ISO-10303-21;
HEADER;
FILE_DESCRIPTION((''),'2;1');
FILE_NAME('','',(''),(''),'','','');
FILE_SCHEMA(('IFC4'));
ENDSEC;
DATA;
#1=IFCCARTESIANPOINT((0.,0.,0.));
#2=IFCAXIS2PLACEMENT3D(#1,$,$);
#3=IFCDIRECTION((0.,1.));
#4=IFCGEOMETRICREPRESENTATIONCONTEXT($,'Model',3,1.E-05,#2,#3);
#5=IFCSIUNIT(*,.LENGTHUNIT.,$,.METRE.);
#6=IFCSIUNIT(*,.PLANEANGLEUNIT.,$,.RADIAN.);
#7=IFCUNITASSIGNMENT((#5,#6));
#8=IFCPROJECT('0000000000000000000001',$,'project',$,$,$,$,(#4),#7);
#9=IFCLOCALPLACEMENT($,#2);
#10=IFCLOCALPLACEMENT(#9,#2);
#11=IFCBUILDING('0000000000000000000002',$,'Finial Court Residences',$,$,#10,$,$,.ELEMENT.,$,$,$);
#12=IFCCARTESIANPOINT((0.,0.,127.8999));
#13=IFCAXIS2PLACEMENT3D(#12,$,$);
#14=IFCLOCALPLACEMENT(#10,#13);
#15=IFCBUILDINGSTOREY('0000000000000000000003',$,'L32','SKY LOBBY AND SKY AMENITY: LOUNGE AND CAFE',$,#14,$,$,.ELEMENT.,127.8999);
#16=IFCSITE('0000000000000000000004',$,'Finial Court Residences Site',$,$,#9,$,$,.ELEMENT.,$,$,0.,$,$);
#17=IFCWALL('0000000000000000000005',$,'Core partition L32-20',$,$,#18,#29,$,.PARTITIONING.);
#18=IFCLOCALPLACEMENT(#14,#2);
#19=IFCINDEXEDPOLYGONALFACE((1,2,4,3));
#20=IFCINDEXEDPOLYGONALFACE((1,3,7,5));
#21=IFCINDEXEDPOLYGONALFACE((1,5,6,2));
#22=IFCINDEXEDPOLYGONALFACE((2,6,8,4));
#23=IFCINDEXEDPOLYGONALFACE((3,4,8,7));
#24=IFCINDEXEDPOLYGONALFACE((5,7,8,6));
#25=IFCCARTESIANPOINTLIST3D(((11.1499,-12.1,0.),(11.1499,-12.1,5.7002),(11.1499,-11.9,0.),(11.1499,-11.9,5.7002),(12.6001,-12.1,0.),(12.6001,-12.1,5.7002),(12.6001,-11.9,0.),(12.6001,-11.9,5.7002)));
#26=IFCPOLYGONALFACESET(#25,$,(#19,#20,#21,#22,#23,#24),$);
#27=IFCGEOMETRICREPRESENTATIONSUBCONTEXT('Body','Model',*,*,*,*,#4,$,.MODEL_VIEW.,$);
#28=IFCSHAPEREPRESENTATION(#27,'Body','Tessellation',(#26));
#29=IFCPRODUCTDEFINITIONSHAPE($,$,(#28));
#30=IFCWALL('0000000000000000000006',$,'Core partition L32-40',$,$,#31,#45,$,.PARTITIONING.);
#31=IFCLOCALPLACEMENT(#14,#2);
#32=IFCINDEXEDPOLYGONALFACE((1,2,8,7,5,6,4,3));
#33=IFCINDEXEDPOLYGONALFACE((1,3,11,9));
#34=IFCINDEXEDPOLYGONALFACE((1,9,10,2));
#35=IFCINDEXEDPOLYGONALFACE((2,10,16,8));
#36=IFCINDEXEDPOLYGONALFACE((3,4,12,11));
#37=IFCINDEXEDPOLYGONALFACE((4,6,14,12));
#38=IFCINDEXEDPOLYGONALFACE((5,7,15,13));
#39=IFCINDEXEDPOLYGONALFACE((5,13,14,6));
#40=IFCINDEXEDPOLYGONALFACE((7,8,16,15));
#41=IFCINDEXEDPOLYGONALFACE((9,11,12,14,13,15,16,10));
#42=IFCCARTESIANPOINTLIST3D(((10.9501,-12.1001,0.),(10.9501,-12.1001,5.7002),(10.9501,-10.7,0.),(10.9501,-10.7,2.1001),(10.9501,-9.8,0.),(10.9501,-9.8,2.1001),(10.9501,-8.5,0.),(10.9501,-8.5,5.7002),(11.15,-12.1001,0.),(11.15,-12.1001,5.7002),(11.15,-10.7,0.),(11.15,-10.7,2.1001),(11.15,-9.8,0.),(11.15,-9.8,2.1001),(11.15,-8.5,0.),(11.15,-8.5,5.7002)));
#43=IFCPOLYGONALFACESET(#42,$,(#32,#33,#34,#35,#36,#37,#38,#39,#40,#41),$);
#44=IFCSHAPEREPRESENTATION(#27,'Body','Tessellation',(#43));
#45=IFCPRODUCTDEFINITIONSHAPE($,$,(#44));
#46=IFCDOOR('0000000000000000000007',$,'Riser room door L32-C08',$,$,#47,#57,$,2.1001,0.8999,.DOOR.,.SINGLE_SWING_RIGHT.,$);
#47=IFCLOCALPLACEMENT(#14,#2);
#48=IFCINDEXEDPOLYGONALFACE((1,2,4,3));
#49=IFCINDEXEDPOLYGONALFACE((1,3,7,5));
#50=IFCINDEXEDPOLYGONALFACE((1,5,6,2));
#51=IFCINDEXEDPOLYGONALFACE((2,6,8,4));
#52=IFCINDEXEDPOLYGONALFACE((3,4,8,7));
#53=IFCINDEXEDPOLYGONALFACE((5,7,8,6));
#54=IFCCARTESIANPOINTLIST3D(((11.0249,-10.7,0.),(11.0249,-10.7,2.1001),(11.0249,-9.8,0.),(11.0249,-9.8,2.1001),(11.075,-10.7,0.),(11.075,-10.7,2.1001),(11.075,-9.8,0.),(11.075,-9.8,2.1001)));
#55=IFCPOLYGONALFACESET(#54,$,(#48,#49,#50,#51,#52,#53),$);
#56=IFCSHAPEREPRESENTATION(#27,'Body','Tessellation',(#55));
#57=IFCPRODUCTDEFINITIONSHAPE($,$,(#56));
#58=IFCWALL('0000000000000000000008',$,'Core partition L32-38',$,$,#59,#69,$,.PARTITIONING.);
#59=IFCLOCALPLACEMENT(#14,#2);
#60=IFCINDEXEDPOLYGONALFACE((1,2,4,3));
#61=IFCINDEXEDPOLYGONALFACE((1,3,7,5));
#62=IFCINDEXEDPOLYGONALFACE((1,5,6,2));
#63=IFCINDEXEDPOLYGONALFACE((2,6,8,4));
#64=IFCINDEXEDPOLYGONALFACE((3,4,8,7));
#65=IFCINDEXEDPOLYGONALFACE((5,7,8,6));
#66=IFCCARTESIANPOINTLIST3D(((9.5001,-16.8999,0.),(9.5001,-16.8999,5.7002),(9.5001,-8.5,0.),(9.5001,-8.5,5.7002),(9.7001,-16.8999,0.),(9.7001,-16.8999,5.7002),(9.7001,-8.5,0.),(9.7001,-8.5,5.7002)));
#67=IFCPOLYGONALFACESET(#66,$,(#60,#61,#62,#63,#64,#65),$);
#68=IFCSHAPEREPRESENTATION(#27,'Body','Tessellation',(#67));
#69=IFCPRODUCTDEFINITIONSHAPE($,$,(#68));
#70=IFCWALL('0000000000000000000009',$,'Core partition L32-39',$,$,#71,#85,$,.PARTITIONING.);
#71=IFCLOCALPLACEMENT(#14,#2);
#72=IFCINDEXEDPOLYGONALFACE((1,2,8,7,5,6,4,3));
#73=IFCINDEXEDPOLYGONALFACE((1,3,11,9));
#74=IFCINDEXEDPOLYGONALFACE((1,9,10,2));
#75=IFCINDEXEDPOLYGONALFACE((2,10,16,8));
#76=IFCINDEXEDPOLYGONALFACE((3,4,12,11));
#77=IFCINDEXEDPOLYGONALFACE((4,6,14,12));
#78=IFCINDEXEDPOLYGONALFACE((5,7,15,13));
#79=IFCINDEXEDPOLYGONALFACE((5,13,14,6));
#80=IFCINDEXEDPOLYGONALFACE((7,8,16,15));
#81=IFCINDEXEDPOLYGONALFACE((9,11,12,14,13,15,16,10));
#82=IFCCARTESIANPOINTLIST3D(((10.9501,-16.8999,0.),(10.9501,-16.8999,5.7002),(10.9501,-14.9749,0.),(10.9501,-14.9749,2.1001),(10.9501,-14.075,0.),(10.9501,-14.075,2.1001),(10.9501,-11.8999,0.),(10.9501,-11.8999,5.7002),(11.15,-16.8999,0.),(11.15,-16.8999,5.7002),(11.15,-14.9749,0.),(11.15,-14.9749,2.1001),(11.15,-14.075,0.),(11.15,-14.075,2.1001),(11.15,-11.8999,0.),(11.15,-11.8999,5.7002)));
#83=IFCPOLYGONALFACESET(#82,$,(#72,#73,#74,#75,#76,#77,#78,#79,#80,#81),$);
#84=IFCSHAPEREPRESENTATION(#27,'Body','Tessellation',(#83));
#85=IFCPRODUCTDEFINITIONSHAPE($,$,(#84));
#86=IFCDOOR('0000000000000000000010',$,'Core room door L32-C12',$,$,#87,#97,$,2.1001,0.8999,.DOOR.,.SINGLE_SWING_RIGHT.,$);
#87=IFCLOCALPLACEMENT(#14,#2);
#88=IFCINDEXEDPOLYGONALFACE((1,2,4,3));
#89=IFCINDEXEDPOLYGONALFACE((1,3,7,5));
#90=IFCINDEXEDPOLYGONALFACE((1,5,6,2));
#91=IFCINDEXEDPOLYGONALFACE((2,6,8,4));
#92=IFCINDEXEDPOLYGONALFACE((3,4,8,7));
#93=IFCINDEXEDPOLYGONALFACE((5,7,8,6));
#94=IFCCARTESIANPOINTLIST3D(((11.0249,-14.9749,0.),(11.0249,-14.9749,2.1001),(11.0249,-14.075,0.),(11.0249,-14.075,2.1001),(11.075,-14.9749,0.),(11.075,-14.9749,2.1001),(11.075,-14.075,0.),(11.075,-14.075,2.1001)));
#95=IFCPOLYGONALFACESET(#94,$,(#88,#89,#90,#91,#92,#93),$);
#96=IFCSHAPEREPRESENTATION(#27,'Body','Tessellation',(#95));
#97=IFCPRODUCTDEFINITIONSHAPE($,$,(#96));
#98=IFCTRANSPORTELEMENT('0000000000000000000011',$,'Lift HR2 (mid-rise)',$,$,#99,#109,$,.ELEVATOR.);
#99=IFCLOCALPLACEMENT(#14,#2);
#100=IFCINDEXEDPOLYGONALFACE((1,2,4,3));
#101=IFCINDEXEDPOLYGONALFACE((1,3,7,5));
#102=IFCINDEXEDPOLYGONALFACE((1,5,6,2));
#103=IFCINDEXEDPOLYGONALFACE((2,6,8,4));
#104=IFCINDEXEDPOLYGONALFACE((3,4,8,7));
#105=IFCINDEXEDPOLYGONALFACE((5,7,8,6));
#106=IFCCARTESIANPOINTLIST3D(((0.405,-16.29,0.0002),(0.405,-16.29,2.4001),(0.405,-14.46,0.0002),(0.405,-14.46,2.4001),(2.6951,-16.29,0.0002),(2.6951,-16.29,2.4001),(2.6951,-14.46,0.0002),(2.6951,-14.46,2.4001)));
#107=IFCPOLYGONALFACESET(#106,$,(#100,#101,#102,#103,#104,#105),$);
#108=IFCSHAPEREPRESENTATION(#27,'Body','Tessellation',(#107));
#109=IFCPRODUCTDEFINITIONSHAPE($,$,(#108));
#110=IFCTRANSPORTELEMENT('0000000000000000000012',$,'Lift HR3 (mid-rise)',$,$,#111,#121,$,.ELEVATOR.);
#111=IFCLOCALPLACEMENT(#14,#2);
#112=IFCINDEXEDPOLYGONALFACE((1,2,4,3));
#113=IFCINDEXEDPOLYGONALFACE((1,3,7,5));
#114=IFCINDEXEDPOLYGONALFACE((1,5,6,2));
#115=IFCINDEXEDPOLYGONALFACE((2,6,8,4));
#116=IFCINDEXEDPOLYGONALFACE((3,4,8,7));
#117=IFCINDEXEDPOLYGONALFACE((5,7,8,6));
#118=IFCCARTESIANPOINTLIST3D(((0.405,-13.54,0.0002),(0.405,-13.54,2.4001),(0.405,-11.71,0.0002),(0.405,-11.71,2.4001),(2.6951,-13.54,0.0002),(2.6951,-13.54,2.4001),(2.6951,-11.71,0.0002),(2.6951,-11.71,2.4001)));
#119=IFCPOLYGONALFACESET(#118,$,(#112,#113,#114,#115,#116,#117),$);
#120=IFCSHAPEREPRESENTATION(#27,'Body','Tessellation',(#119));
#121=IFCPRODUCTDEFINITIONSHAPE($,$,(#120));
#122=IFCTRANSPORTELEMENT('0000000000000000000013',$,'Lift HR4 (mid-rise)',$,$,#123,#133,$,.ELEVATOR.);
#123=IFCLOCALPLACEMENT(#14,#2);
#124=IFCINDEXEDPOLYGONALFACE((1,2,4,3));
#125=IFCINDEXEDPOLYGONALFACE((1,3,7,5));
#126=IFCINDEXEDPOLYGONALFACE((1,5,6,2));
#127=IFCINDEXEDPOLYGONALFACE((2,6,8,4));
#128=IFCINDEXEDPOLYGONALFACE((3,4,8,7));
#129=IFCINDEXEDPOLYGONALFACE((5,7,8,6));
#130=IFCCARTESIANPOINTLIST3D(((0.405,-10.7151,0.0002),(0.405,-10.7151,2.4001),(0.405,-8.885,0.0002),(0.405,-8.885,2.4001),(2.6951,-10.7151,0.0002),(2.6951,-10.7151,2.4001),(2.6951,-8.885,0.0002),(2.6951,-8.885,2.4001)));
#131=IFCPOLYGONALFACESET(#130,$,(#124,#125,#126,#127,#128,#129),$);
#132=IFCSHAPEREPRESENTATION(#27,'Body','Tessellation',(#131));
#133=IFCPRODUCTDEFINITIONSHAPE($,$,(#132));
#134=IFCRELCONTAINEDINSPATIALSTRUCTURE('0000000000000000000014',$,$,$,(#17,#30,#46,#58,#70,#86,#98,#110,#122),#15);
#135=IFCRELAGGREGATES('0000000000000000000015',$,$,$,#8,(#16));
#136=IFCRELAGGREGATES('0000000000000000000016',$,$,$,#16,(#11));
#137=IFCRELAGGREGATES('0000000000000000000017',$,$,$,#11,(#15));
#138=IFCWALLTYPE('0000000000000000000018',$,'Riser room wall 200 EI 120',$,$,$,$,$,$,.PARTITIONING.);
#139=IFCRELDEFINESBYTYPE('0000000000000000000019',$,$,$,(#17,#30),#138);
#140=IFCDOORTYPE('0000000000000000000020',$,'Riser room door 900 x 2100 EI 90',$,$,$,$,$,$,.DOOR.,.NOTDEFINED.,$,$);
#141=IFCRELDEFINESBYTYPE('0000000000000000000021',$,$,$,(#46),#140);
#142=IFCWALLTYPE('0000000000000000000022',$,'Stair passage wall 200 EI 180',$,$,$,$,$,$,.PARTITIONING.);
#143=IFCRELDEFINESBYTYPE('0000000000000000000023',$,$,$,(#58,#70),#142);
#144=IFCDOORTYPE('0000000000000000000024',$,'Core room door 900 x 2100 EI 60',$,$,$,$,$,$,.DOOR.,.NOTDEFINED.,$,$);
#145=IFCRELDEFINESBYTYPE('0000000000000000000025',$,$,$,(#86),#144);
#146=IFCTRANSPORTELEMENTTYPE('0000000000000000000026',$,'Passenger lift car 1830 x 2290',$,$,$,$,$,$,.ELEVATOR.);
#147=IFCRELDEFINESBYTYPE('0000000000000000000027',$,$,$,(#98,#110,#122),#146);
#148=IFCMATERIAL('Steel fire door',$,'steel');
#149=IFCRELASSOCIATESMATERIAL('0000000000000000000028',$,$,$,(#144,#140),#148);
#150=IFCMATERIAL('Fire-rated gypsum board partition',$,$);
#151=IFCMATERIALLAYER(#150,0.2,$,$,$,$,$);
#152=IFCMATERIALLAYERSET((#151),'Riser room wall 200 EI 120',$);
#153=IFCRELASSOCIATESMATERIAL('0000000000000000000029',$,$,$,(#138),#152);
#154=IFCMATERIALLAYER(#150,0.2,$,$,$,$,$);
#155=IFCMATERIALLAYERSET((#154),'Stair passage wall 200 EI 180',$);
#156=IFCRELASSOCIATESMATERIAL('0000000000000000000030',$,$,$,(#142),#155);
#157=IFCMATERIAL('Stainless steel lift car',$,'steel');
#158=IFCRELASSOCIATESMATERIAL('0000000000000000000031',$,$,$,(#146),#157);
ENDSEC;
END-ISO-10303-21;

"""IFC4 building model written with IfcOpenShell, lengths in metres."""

from ifc_helpers import new_model, si_unit, direction, frame, frame_2d, origin, origin_2d, place, context, subcontext, project, spatial, rectangle, extrude, material, layer, layer_set, type_object, element, fill, save


model = new_model("IFC4")

# Units and contexts
model_context = context("Model", 3, precision=1e-05, world=origin(), true_north=direction((0.0, 1.0)))
body_context = subcontext(model_context, "Body", "Model", "MODEL_VIEW")
ifc_project = project(units=[si_unit("LENGTHUNIT", "METRE"), si_unit("PLANEANGLEUNIT", "RADIAN")], contexts=[model_context])

# Site, building, storey
site_placement = place(None, origin())
site = spatial("IfcSite", under=ifc_project, at=site_placement, Name="Finial Court Residences Site", CompositionType="ELEMENT", RefElevation=0.0)
building_placement = place(site_placement, origin())
building = spatial("IfcBuilding", under=site, at=building_placement, Name="Finial Court Residences", CompositionType="ELEMENT")
storey_placement = place(building_placement, frame((0.0, 0.0, 127.8999)))
storey = spatial("IfcBuildingStorey", under=building, at=storey_placement, Name="L32", Description="SKY LOBBY AND SKY AMENITY: LOUNGE AND CAFE", CompositionType="ELEMENT", Elevation=127.8999)

# Shared definitions
ifc_material_1 = material(Name="Fire-rated gypsum board partition")

# Shared definitions
ifc_material_2 = material(Name="Steel fire door", Category="steel")
door_type_1 = type_object("IfcDoorType", Name="Core room door 900 x 2100 EI 60", OperationType="NOTDEFINED", PredefinedType="DOOR", material=ifc_material_2)

# Wall
ifc_layer_1 = layer(ifc_material_1, 0.2)
ifc_layer_set_1 = layer_set([ifc_layer_1], Name="Riser room wall 200 EI 120")
wall_type_1 = type_object("IfcWallType", Name="Riser room wall 200 EI 120", PredefinedType="PARTITIONING", material=ifc_layer_set_1)
wall_1_placement = place(storey_placement, frame((11.1499, -12.0, 0.0), z_axis=(0.0, 0.0, 1.0), x_axis=(1.0, 0.0, 0.0)))
element("IfcWall", 1, at=wall_1_placement, inside=storey, type_object=wall_type_1, Name="Core partition L32-20", PredefinedType="PARTITIONING", context=body_context, shape_type="SweptSolid", body=[
    extrude(rectangle(XDim=1.4502, YDim=0.2, at=frame_2d((0.7251, 0.0))), origin(), (0.0, 0.0, 1.0), 5.7002),
])

# Wall, opening, door
wall_2_placement = place(storey_placement, frame((11.05, -8.5, 0.0), z_axis=(0.0, 0.0, 1.0), x_axis=(0.0, -1.0, 0.0)))
wall_2 = element("IfcWall", 2, at=wall_2_placement, inside=storey, type_object=wall_type_1, Name="Core partition L32-40", PredefinedType="PARTITIONING", context=body_context, shape_type="SweptSolid", body=[
    extrude(rectangle(XDim=3.6001, YDim=0.2, at=frame_2d((1.8, 0.0))), origin(), (0.0, 0.0, 1.0), 5.7002),
])
opening_1_placement = place(wall_2_placement, frame((1.3, 0.0, 0.0)))
opening_1 = element("IfcOpeningElement", 3, at=opening_1_placement, cuts=wall_2, PredefinedType="OPENING", context=body_context, shape_type="SweptSolid", body=[
    extrude(rectangle(XDim=0.8999, YDim=2.1001, at=frame_2d((0.45, 1.05))), frame((0.0, 0.1099, 0.0), z_axis=(0.0, -1.0, 0.0), x_axis=(1.0, 0.0, 0.0)), (0.0, 0.0, 1.0), 0.22),
])
door_type_2 = type_object("IfcDoorType", Name="Riser room door 900 x 2100 EI 90", OperationType="NOTDEFINED", PredefinedType="DOOR", material=ifc_material_2)
door_1_placement = place(opening_1_placement, origin())
door_1 = element("IfcDoor", 4, at=door_1_placement, inside=storey, type_object=door_type_2, Name="Riser room door L32-C08", OperationType="SINGLE_SWING_RIGHT", OverallHeight=2.1001, OverallWidth=0.8999, PredefinedType="DOOR", context=body_context, shape_type="SweptSolid", body=[
    extrude(rectangle(XDim=0.8999, YDim=2.1001, at=frame_2d((0.45, 1.05))), frame((0.0, 0.0249, 0.0), z_axis=(0.0, -1.0, 0.0), x_axis=(1.0, 0.0, 0.0)), (0.0, 0.0, 1.0), 0.05),
])
fill(opening_1, door_1)

# Wall
ifc_layer_2 = layer(ifc_material_1, 0.2)
ifc_layer_set_2 = layer_set([ifc_layer_2], Name="Stair passage wall 200 EI 180")
wall_type_2 = type_object("IfcWallType", Name="Stair passage wall 200 EI 180", PredefinedType="PARTITIONING", material=ifc_layer_set_2)
wall_3_placement = place(storey_placement, frame((9.6001, -16.8999, 0.0), z_axis=(0.0, 0.0, 1.0), x_axis=(0.0, 1.0, 0.0)))
element("IfcWall", 5, at=wall_3_placement, inside=storey, type_object=wall_type_2, Name="Core partition L32-38", PredefinedType="PARTITIONING", context=body_context, shape_type="SweptSolid", body=[
    extrude(rectangle(XDim=8.3999, YDim=0.2, at=frame_2d((4.2, 0.0))), origin(), (0.0, 0.0, 1.0), 5.7002),
])

# Wall, opening, door
wall_4_placement = place(storey_placement, frame((11.05, -11.8999, 0.0), z_axis=(0.0, 0.0, 1.0), x_axis=(0.0, -1.0, 0.0)))
wall_4 = element("IfcWall", 6, at=wall_4_placement, inside=storey, type_object=wall_type_2, Name="Core partition L32-39", PredefinedType="PARTITIONING", context=body_context, shape_type="SweptSolid", body=[
    extrude(rectangle(XDim=5.0, YDim=0.2, at=frame_2d((2.5, 0.0))), origin(), (0.0, 0.0, 1.0), 5.7002),
])
opening_2_placement = place(wall_4_placement, frame((2.175, 0.0, 0.0)))
opening_2 = element("IfcOpeningElement", 7, at=opening_2_placement, cuts=wall_4, PredefinedType="OPENING", context=body_context, shape_type="SweptSolid", body=[
    extrude(rectangle(XDim=0.8999, YDim=2.1001, at=frame_2d((0.45, 1.05))), frame((0.0, 0.1099, 0.0), z_axis=(0.0, -1.0, 0.0), x_axis=(1.0, 0.0, 0.0)), (0.0, 0.0, 1.0), 0.22),
])
door_2_placement = place(opening_2_placement, origin())
door_2 = element("IfcDoor", 8, at=door_2_placement, inside=storey, type_object=door_type_1, Name="Core room door L32-C12", OperationType="SINGLE_SWING_RIGHT", OverallHeight=2.1001, OverallWidth=0.8999, PredefinedType="DOOR", context=body_context, shape_type="SweptSolid", body=[
    extrude(rectangle(XDim=0.8999, YDim=2.1001, at=frame_2d((0.45, 1.05))), frame((0.0, 0.0249, 0.0), z_axis=(0.0, -1.0, 0.0), x_axis=(1.0, 0.0, 0.0)), (0.0, 0.0, 1.0), 0.05),
])
fill(opening_2, door_2)

# Transport elements
ifc_material_3 = material(Name="Stainless steel lift car", Category="steel")
transport_element_type = type_object("IfcTransportElementType", Name="Passenger lift car 1830 x 2290", PredefinedType="ELEVATOR", material=ifc_material_3)
for number, where, z_axis, x_axis, name in (
    (9, (1.55, -15.375, 0.0002), (0.0, 0.0, 1.0), (1.0, 0.0, 0.0), "Lift HR2 (mid-rise)"),
    (10, (1.55, -12.625, 0.0002), (0.0, 0.0, 1.0), (1.0, 0.0, 0.0), "Lift HR3 (mid-rise)"),
    (11, (1.55, -9.8, 0.0002), (0.0, 0.0, 1.0), (1.0, 0.0, 0.0), "Lift HR4 (mid-rise)"),
):
    element("IfcTransportElement", number, at=place(storey_placement, frame(where, z_axis=z_axis, x_axis=x_axis)), inside=storey, type_object=transport_element_type, Name=name, PredefinedType="ELEVATOR", context=body_context, shape_type="SweptSolid", body=[
        extrude(rectangle(XDim=2.29, YDim=1.8301, at=origin_2d()), origin(), (0.0, 0.0, 1.0), 2.3999),
    ])

save(model, "model.ifc")
